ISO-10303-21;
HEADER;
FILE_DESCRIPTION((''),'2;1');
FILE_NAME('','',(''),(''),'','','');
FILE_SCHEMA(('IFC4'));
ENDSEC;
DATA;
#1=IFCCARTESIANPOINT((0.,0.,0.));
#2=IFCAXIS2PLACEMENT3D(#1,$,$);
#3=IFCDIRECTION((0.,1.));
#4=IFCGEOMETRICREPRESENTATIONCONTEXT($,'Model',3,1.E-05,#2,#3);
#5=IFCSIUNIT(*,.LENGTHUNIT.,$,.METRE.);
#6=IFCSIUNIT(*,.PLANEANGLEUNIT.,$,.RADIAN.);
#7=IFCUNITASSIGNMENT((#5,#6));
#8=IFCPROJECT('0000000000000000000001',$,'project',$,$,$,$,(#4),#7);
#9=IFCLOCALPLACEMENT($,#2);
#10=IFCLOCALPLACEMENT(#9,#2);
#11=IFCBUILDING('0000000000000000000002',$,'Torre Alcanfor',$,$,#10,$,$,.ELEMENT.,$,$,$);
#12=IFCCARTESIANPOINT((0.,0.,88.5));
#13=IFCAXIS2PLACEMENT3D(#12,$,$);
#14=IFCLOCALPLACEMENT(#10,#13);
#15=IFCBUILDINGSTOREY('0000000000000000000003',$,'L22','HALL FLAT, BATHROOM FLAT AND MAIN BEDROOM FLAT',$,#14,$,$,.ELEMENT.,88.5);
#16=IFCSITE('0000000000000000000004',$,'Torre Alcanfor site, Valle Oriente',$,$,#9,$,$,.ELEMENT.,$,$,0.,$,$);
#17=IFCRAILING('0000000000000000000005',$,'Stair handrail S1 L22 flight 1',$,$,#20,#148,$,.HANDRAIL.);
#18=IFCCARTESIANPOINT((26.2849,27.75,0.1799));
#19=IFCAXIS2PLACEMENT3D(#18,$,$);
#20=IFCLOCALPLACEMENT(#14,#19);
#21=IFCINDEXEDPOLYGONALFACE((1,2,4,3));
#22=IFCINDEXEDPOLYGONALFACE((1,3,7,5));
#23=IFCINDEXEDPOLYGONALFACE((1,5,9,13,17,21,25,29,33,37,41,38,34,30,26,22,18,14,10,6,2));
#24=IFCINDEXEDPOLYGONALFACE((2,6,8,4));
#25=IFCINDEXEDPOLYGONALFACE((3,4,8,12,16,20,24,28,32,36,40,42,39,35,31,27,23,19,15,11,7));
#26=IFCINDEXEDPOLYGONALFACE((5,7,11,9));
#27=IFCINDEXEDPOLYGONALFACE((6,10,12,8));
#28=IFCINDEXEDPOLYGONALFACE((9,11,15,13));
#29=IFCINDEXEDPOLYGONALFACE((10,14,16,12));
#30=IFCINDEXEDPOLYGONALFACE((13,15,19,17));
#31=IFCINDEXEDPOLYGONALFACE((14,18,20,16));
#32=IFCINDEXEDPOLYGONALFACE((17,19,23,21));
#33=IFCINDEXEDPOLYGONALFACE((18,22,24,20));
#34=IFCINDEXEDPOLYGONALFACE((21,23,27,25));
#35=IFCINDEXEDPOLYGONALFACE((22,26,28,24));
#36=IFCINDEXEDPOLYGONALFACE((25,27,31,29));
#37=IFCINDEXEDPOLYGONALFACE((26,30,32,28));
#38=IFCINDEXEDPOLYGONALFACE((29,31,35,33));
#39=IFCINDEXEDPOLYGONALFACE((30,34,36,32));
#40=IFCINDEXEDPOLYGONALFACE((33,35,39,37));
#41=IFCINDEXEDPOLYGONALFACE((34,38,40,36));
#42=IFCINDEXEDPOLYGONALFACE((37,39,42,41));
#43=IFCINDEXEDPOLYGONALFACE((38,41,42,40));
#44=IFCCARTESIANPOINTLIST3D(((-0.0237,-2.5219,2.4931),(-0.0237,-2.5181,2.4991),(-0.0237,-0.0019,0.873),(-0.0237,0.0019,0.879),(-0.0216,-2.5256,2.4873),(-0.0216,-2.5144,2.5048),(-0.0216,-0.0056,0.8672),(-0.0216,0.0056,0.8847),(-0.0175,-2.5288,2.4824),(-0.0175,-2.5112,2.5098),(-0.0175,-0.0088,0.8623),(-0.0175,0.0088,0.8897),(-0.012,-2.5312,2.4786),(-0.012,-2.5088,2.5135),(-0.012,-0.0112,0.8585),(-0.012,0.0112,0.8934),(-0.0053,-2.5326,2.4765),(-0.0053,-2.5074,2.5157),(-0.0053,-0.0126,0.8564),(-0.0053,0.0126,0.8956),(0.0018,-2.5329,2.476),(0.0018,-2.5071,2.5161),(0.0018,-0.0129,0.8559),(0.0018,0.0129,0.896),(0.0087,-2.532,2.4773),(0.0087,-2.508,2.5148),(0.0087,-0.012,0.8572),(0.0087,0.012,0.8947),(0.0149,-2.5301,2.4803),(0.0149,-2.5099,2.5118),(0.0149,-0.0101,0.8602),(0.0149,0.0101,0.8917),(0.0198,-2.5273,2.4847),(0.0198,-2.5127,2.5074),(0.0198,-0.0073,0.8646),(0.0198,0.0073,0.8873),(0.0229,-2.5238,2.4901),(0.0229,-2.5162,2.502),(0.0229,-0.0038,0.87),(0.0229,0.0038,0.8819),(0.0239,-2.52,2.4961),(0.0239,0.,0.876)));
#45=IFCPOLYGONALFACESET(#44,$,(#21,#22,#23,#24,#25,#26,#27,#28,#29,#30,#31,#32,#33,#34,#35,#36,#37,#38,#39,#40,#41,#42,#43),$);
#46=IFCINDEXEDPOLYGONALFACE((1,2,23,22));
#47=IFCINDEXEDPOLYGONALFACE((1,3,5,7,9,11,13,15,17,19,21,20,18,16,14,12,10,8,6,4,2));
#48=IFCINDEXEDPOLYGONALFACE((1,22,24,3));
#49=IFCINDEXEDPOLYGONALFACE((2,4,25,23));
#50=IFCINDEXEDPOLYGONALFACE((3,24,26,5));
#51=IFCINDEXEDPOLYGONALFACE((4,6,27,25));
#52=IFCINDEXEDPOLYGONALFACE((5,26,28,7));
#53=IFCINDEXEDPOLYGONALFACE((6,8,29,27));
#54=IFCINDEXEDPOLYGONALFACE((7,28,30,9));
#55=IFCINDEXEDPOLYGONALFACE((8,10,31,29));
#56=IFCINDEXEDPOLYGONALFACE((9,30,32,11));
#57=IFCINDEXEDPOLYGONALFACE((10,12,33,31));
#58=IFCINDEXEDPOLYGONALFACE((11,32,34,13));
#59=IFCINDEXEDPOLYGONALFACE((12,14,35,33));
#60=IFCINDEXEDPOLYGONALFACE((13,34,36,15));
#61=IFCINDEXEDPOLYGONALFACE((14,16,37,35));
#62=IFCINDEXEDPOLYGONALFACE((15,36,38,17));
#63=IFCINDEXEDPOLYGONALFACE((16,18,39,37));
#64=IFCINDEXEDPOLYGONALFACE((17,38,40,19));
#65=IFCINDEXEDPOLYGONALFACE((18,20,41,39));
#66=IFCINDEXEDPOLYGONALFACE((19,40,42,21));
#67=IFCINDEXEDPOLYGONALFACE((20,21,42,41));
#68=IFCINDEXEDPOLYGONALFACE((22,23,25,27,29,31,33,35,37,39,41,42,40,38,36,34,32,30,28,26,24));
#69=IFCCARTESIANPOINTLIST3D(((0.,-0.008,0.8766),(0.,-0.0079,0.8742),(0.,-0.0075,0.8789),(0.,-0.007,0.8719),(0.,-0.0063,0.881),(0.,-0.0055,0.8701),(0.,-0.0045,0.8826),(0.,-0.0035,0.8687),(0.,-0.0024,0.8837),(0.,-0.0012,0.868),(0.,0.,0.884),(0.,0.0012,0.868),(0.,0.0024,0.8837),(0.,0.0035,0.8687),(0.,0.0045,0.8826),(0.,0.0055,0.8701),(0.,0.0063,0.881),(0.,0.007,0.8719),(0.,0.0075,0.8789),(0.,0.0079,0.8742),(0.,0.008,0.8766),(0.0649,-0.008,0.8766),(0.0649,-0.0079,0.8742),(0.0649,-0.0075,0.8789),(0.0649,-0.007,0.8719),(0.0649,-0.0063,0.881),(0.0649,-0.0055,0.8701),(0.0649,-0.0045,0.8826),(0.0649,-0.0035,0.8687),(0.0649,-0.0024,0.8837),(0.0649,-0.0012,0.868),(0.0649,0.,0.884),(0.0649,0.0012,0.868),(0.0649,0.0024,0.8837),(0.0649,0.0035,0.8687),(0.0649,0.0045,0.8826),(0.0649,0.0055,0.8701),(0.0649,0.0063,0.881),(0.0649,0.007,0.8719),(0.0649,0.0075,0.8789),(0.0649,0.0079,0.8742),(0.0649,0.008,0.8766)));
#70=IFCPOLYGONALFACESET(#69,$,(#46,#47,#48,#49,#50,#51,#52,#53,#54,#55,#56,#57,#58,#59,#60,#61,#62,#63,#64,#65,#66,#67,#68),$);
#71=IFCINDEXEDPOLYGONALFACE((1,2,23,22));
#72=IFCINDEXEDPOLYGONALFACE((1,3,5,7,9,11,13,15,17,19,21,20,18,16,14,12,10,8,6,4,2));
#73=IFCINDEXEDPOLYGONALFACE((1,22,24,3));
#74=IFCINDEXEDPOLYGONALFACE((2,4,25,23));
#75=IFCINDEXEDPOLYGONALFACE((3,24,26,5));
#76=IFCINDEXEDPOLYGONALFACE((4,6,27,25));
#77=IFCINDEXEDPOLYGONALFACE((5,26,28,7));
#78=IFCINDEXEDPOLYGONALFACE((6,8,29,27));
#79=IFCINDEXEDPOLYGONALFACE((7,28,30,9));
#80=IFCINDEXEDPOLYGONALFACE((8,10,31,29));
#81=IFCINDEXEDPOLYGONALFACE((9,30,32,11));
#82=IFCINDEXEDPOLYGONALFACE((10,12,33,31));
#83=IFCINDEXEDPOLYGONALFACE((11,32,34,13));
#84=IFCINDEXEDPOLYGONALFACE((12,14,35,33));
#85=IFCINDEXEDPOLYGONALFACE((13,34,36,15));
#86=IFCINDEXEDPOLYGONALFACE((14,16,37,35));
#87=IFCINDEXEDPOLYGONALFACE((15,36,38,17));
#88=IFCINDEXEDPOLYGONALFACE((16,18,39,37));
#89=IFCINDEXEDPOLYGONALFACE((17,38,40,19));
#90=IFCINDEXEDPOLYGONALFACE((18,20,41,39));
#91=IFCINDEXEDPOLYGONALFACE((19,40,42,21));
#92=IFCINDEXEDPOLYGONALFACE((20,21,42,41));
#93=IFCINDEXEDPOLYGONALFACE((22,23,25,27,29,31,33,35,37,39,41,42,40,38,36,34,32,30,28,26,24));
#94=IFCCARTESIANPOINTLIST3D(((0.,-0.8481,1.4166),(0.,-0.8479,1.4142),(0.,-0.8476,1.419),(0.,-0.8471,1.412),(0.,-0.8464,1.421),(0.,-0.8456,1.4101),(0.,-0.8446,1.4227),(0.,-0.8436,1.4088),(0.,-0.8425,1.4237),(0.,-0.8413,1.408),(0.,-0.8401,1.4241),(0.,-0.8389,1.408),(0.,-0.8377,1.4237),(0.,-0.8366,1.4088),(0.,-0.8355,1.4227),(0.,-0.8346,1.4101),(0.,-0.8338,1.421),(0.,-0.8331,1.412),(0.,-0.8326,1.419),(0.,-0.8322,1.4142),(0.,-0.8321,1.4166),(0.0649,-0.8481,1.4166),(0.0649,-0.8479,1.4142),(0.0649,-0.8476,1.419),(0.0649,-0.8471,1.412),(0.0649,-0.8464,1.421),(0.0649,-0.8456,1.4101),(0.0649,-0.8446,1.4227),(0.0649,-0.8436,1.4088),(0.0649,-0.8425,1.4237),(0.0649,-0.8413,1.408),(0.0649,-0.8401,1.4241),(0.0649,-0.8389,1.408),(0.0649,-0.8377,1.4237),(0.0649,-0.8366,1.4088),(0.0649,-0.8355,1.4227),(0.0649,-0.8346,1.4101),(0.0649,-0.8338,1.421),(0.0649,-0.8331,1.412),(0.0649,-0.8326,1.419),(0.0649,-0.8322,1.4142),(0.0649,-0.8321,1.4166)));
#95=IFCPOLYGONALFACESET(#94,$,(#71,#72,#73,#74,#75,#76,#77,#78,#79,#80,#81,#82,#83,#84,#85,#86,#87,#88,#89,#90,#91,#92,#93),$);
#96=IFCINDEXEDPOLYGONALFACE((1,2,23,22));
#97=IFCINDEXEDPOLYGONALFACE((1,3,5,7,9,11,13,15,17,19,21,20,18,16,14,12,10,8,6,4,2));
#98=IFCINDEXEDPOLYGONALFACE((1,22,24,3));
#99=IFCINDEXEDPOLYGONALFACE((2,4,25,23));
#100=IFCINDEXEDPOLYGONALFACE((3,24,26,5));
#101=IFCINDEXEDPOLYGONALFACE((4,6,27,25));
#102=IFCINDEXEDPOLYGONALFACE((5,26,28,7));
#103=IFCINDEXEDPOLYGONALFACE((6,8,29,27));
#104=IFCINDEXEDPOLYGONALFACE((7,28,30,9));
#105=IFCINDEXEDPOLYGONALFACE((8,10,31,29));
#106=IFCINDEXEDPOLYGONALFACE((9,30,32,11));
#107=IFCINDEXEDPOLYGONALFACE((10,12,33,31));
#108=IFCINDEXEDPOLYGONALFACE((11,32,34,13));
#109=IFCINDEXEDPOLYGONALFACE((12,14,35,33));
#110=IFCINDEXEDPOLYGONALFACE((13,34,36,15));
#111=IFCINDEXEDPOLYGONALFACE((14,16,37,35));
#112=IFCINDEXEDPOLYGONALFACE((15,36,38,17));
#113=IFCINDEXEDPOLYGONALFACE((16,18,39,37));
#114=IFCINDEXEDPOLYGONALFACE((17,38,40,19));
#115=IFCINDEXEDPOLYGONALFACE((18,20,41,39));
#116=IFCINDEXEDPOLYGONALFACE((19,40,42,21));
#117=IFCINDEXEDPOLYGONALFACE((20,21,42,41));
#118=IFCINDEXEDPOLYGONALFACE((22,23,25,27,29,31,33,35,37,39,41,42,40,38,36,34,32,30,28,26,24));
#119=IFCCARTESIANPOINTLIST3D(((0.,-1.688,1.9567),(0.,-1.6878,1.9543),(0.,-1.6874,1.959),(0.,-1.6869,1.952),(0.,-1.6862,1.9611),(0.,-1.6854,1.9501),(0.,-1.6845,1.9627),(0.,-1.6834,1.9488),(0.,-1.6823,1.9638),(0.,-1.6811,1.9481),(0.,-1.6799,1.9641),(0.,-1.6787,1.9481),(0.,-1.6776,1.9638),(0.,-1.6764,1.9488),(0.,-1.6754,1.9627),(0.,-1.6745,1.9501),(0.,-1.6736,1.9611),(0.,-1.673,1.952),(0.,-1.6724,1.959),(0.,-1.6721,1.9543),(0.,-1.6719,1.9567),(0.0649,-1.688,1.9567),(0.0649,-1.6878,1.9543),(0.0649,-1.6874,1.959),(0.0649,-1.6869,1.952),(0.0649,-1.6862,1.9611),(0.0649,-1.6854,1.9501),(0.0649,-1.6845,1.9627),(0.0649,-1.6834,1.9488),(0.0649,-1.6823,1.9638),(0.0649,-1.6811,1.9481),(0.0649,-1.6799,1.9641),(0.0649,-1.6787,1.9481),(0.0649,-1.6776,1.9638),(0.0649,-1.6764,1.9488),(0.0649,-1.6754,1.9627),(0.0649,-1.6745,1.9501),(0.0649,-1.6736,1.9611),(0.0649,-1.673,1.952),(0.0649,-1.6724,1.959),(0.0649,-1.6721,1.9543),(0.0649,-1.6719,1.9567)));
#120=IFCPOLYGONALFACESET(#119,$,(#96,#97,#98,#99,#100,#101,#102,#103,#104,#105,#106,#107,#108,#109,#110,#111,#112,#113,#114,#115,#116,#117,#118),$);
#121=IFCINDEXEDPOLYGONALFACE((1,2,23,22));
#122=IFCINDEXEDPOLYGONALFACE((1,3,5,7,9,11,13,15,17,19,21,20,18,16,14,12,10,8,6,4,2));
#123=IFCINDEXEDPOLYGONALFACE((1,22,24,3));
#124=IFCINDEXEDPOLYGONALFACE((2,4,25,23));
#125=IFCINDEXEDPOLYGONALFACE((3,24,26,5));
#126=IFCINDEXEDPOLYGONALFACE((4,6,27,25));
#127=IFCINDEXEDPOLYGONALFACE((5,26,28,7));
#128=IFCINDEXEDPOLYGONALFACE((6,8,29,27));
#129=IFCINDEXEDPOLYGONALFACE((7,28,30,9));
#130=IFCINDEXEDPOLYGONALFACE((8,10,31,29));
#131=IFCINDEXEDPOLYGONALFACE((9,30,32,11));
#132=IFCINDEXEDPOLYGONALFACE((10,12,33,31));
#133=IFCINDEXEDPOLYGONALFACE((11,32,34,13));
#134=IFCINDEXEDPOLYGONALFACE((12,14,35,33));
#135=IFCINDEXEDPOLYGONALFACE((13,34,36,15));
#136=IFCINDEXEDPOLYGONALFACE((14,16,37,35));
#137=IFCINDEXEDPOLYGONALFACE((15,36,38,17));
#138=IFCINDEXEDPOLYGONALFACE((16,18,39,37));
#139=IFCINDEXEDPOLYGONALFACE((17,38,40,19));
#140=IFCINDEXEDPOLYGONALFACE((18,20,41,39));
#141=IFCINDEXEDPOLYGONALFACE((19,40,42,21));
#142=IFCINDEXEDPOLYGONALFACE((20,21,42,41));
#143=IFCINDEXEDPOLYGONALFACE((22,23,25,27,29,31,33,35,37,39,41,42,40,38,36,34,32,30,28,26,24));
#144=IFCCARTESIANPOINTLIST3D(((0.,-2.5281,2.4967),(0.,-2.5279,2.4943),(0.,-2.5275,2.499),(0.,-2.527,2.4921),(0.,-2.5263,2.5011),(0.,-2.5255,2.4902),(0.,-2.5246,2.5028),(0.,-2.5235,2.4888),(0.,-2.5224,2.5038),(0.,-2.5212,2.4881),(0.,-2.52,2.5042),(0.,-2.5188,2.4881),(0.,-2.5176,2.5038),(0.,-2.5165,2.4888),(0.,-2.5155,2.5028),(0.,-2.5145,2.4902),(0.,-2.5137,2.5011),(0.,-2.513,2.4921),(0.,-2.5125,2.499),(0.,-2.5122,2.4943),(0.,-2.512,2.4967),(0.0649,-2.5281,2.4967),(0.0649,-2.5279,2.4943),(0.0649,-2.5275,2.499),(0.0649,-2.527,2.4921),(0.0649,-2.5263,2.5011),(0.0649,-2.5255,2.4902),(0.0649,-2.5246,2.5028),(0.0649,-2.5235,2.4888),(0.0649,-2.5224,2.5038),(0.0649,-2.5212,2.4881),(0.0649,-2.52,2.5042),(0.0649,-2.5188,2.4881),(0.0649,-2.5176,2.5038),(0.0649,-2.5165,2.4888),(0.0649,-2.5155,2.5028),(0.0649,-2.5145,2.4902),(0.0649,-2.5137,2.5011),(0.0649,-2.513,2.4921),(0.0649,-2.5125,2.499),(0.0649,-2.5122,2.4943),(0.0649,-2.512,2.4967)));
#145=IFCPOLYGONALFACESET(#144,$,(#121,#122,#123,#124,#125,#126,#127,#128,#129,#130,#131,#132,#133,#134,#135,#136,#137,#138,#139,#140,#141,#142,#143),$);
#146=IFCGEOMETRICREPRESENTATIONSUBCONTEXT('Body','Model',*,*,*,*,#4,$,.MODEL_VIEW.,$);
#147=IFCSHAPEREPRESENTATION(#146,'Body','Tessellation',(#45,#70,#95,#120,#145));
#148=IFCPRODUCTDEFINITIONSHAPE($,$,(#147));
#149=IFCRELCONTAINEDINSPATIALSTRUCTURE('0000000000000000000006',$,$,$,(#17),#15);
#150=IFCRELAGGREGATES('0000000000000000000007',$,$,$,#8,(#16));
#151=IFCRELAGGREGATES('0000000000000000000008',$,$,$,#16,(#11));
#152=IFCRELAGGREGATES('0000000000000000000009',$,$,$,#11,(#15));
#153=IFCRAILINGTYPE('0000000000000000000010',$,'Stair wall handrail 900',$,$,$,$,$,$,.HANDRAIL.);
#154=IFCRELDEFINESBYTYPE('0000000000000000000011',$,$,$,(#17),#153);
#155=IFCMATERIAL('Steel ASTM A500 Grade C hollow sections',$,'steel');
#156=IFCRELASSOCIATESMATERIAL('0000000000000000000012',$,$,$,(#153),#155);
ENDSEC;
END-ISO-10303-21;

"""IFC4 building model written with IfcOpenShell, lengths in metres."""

from ifc_helpers import new_model, si_unit, direction, frame, origin, origin_2d, place, context, subcontext, project, spatial, circle, extrude, material, type_object, element, save


model = new_model("IFC4")

# Units and contexts
model_context = context("Model", 3, precision=1e-05, world=origin(), true_north=direction((0.0, 1.0)))
body_context = subcontext(model_context, "Body", "Model", "MODEL_VIEW")
ifc_project = project(units=[si_unit("LENGTHUNIT", "METRE"), si_unit("PLANEANGLEUNIT", "RADIAN")], contexts=[model_context])

# Site, building, storey
site_placement = place(None, origin())
site = spatial("IfcSite", under=ifc_project, at=site_placement, Name="Torre Alcanfor site, Valle Oriente", CompositionType="ELEMENT", RefElevation=0.0)
building_placement = place(site_placement, origin())
building = spatial("IfcBuilding", under=site, at=building_placement, Name="Torre Alcanfor", CompositionType="ELEMENT")
storey_placement = place(building_placement, frame((0.0, 0.0, 88.5)))
storey = spatial("IfcBuildingStorey", under=building, at=storey_placement, Name="L22", Description="HALL FLAT, BATHROOM FLAT AND MAIN BEDROOM FLAT", CompositionType="ELEMENT", Elevation=88.5)

# Railing
ifc_material_1 = material(Name="Steel ASTM A500 Grade C hollow sections", Category="steel")
railing_type_1 = type_object("IfcRailingType", Name="Stair wall handrail 900", PredefinedType="HANDRAIL", material=ifc_material_1)
railing_1_placement = place(storey_placement, frame((26.2849, 27.75, 0.1799)))
element("IfcRailing", 1, at=railing_1_placement, inside=storey, type_object=railing_type_1, Name="Stair handrail S1 L22 flight 1", PredefinedType="HANDRAIL", context=body_context, shape_type="SweptSolid", body=[
    extrude(circle(Radius=0.0239, at=origin_2d()), frame((0.0, 0.0, 0.876), z_axis=(0.0, -0.841163, 0.540782), x_axis=(1.0, 0.0, 0.0)), (0.0, 0.0, 1.0), 2.9958),
    extrude(circle(Radius=0.0081, at=origin_2d()), frame((0.0, 0.0, 0.876), z_axis=(1.0, 0.0, 0.0), x_axis=(0.0, 0.0, 1.0)), (0.0, 0.0, 1.0), 0.0649),
    extrude(circle(Radius=0.0081, at=origin_2d()), frame((0.0, -0.8401, 1.416), z_axis=(1.0, 0.0, 0.0), x_axis=(0.0, 0.0, 1.0)), (0.0, 0.0, 1.0), 0.0649),
    extrude(circle(Radius=0.0081, at=origin_2d()), frame((0.0, -1.6799, 1.9561), z_axis=(1.0, 0.0, 0.0), x_axis=(0.0, 0.0, 1.0)), (0.0, 0.0, 1.0), 0.0649),
    extrude(circle(Radius=0.0081, at=origin_2d()), frame((0.0, -2.52, 2.4961), z_axis=(1.0, 0.0, 0.0), x_axis=(0.0, 0.0, 1.0)), (0.0, 0.0, 1.0), 0.0649),
])

save(model, "model.ifc")
